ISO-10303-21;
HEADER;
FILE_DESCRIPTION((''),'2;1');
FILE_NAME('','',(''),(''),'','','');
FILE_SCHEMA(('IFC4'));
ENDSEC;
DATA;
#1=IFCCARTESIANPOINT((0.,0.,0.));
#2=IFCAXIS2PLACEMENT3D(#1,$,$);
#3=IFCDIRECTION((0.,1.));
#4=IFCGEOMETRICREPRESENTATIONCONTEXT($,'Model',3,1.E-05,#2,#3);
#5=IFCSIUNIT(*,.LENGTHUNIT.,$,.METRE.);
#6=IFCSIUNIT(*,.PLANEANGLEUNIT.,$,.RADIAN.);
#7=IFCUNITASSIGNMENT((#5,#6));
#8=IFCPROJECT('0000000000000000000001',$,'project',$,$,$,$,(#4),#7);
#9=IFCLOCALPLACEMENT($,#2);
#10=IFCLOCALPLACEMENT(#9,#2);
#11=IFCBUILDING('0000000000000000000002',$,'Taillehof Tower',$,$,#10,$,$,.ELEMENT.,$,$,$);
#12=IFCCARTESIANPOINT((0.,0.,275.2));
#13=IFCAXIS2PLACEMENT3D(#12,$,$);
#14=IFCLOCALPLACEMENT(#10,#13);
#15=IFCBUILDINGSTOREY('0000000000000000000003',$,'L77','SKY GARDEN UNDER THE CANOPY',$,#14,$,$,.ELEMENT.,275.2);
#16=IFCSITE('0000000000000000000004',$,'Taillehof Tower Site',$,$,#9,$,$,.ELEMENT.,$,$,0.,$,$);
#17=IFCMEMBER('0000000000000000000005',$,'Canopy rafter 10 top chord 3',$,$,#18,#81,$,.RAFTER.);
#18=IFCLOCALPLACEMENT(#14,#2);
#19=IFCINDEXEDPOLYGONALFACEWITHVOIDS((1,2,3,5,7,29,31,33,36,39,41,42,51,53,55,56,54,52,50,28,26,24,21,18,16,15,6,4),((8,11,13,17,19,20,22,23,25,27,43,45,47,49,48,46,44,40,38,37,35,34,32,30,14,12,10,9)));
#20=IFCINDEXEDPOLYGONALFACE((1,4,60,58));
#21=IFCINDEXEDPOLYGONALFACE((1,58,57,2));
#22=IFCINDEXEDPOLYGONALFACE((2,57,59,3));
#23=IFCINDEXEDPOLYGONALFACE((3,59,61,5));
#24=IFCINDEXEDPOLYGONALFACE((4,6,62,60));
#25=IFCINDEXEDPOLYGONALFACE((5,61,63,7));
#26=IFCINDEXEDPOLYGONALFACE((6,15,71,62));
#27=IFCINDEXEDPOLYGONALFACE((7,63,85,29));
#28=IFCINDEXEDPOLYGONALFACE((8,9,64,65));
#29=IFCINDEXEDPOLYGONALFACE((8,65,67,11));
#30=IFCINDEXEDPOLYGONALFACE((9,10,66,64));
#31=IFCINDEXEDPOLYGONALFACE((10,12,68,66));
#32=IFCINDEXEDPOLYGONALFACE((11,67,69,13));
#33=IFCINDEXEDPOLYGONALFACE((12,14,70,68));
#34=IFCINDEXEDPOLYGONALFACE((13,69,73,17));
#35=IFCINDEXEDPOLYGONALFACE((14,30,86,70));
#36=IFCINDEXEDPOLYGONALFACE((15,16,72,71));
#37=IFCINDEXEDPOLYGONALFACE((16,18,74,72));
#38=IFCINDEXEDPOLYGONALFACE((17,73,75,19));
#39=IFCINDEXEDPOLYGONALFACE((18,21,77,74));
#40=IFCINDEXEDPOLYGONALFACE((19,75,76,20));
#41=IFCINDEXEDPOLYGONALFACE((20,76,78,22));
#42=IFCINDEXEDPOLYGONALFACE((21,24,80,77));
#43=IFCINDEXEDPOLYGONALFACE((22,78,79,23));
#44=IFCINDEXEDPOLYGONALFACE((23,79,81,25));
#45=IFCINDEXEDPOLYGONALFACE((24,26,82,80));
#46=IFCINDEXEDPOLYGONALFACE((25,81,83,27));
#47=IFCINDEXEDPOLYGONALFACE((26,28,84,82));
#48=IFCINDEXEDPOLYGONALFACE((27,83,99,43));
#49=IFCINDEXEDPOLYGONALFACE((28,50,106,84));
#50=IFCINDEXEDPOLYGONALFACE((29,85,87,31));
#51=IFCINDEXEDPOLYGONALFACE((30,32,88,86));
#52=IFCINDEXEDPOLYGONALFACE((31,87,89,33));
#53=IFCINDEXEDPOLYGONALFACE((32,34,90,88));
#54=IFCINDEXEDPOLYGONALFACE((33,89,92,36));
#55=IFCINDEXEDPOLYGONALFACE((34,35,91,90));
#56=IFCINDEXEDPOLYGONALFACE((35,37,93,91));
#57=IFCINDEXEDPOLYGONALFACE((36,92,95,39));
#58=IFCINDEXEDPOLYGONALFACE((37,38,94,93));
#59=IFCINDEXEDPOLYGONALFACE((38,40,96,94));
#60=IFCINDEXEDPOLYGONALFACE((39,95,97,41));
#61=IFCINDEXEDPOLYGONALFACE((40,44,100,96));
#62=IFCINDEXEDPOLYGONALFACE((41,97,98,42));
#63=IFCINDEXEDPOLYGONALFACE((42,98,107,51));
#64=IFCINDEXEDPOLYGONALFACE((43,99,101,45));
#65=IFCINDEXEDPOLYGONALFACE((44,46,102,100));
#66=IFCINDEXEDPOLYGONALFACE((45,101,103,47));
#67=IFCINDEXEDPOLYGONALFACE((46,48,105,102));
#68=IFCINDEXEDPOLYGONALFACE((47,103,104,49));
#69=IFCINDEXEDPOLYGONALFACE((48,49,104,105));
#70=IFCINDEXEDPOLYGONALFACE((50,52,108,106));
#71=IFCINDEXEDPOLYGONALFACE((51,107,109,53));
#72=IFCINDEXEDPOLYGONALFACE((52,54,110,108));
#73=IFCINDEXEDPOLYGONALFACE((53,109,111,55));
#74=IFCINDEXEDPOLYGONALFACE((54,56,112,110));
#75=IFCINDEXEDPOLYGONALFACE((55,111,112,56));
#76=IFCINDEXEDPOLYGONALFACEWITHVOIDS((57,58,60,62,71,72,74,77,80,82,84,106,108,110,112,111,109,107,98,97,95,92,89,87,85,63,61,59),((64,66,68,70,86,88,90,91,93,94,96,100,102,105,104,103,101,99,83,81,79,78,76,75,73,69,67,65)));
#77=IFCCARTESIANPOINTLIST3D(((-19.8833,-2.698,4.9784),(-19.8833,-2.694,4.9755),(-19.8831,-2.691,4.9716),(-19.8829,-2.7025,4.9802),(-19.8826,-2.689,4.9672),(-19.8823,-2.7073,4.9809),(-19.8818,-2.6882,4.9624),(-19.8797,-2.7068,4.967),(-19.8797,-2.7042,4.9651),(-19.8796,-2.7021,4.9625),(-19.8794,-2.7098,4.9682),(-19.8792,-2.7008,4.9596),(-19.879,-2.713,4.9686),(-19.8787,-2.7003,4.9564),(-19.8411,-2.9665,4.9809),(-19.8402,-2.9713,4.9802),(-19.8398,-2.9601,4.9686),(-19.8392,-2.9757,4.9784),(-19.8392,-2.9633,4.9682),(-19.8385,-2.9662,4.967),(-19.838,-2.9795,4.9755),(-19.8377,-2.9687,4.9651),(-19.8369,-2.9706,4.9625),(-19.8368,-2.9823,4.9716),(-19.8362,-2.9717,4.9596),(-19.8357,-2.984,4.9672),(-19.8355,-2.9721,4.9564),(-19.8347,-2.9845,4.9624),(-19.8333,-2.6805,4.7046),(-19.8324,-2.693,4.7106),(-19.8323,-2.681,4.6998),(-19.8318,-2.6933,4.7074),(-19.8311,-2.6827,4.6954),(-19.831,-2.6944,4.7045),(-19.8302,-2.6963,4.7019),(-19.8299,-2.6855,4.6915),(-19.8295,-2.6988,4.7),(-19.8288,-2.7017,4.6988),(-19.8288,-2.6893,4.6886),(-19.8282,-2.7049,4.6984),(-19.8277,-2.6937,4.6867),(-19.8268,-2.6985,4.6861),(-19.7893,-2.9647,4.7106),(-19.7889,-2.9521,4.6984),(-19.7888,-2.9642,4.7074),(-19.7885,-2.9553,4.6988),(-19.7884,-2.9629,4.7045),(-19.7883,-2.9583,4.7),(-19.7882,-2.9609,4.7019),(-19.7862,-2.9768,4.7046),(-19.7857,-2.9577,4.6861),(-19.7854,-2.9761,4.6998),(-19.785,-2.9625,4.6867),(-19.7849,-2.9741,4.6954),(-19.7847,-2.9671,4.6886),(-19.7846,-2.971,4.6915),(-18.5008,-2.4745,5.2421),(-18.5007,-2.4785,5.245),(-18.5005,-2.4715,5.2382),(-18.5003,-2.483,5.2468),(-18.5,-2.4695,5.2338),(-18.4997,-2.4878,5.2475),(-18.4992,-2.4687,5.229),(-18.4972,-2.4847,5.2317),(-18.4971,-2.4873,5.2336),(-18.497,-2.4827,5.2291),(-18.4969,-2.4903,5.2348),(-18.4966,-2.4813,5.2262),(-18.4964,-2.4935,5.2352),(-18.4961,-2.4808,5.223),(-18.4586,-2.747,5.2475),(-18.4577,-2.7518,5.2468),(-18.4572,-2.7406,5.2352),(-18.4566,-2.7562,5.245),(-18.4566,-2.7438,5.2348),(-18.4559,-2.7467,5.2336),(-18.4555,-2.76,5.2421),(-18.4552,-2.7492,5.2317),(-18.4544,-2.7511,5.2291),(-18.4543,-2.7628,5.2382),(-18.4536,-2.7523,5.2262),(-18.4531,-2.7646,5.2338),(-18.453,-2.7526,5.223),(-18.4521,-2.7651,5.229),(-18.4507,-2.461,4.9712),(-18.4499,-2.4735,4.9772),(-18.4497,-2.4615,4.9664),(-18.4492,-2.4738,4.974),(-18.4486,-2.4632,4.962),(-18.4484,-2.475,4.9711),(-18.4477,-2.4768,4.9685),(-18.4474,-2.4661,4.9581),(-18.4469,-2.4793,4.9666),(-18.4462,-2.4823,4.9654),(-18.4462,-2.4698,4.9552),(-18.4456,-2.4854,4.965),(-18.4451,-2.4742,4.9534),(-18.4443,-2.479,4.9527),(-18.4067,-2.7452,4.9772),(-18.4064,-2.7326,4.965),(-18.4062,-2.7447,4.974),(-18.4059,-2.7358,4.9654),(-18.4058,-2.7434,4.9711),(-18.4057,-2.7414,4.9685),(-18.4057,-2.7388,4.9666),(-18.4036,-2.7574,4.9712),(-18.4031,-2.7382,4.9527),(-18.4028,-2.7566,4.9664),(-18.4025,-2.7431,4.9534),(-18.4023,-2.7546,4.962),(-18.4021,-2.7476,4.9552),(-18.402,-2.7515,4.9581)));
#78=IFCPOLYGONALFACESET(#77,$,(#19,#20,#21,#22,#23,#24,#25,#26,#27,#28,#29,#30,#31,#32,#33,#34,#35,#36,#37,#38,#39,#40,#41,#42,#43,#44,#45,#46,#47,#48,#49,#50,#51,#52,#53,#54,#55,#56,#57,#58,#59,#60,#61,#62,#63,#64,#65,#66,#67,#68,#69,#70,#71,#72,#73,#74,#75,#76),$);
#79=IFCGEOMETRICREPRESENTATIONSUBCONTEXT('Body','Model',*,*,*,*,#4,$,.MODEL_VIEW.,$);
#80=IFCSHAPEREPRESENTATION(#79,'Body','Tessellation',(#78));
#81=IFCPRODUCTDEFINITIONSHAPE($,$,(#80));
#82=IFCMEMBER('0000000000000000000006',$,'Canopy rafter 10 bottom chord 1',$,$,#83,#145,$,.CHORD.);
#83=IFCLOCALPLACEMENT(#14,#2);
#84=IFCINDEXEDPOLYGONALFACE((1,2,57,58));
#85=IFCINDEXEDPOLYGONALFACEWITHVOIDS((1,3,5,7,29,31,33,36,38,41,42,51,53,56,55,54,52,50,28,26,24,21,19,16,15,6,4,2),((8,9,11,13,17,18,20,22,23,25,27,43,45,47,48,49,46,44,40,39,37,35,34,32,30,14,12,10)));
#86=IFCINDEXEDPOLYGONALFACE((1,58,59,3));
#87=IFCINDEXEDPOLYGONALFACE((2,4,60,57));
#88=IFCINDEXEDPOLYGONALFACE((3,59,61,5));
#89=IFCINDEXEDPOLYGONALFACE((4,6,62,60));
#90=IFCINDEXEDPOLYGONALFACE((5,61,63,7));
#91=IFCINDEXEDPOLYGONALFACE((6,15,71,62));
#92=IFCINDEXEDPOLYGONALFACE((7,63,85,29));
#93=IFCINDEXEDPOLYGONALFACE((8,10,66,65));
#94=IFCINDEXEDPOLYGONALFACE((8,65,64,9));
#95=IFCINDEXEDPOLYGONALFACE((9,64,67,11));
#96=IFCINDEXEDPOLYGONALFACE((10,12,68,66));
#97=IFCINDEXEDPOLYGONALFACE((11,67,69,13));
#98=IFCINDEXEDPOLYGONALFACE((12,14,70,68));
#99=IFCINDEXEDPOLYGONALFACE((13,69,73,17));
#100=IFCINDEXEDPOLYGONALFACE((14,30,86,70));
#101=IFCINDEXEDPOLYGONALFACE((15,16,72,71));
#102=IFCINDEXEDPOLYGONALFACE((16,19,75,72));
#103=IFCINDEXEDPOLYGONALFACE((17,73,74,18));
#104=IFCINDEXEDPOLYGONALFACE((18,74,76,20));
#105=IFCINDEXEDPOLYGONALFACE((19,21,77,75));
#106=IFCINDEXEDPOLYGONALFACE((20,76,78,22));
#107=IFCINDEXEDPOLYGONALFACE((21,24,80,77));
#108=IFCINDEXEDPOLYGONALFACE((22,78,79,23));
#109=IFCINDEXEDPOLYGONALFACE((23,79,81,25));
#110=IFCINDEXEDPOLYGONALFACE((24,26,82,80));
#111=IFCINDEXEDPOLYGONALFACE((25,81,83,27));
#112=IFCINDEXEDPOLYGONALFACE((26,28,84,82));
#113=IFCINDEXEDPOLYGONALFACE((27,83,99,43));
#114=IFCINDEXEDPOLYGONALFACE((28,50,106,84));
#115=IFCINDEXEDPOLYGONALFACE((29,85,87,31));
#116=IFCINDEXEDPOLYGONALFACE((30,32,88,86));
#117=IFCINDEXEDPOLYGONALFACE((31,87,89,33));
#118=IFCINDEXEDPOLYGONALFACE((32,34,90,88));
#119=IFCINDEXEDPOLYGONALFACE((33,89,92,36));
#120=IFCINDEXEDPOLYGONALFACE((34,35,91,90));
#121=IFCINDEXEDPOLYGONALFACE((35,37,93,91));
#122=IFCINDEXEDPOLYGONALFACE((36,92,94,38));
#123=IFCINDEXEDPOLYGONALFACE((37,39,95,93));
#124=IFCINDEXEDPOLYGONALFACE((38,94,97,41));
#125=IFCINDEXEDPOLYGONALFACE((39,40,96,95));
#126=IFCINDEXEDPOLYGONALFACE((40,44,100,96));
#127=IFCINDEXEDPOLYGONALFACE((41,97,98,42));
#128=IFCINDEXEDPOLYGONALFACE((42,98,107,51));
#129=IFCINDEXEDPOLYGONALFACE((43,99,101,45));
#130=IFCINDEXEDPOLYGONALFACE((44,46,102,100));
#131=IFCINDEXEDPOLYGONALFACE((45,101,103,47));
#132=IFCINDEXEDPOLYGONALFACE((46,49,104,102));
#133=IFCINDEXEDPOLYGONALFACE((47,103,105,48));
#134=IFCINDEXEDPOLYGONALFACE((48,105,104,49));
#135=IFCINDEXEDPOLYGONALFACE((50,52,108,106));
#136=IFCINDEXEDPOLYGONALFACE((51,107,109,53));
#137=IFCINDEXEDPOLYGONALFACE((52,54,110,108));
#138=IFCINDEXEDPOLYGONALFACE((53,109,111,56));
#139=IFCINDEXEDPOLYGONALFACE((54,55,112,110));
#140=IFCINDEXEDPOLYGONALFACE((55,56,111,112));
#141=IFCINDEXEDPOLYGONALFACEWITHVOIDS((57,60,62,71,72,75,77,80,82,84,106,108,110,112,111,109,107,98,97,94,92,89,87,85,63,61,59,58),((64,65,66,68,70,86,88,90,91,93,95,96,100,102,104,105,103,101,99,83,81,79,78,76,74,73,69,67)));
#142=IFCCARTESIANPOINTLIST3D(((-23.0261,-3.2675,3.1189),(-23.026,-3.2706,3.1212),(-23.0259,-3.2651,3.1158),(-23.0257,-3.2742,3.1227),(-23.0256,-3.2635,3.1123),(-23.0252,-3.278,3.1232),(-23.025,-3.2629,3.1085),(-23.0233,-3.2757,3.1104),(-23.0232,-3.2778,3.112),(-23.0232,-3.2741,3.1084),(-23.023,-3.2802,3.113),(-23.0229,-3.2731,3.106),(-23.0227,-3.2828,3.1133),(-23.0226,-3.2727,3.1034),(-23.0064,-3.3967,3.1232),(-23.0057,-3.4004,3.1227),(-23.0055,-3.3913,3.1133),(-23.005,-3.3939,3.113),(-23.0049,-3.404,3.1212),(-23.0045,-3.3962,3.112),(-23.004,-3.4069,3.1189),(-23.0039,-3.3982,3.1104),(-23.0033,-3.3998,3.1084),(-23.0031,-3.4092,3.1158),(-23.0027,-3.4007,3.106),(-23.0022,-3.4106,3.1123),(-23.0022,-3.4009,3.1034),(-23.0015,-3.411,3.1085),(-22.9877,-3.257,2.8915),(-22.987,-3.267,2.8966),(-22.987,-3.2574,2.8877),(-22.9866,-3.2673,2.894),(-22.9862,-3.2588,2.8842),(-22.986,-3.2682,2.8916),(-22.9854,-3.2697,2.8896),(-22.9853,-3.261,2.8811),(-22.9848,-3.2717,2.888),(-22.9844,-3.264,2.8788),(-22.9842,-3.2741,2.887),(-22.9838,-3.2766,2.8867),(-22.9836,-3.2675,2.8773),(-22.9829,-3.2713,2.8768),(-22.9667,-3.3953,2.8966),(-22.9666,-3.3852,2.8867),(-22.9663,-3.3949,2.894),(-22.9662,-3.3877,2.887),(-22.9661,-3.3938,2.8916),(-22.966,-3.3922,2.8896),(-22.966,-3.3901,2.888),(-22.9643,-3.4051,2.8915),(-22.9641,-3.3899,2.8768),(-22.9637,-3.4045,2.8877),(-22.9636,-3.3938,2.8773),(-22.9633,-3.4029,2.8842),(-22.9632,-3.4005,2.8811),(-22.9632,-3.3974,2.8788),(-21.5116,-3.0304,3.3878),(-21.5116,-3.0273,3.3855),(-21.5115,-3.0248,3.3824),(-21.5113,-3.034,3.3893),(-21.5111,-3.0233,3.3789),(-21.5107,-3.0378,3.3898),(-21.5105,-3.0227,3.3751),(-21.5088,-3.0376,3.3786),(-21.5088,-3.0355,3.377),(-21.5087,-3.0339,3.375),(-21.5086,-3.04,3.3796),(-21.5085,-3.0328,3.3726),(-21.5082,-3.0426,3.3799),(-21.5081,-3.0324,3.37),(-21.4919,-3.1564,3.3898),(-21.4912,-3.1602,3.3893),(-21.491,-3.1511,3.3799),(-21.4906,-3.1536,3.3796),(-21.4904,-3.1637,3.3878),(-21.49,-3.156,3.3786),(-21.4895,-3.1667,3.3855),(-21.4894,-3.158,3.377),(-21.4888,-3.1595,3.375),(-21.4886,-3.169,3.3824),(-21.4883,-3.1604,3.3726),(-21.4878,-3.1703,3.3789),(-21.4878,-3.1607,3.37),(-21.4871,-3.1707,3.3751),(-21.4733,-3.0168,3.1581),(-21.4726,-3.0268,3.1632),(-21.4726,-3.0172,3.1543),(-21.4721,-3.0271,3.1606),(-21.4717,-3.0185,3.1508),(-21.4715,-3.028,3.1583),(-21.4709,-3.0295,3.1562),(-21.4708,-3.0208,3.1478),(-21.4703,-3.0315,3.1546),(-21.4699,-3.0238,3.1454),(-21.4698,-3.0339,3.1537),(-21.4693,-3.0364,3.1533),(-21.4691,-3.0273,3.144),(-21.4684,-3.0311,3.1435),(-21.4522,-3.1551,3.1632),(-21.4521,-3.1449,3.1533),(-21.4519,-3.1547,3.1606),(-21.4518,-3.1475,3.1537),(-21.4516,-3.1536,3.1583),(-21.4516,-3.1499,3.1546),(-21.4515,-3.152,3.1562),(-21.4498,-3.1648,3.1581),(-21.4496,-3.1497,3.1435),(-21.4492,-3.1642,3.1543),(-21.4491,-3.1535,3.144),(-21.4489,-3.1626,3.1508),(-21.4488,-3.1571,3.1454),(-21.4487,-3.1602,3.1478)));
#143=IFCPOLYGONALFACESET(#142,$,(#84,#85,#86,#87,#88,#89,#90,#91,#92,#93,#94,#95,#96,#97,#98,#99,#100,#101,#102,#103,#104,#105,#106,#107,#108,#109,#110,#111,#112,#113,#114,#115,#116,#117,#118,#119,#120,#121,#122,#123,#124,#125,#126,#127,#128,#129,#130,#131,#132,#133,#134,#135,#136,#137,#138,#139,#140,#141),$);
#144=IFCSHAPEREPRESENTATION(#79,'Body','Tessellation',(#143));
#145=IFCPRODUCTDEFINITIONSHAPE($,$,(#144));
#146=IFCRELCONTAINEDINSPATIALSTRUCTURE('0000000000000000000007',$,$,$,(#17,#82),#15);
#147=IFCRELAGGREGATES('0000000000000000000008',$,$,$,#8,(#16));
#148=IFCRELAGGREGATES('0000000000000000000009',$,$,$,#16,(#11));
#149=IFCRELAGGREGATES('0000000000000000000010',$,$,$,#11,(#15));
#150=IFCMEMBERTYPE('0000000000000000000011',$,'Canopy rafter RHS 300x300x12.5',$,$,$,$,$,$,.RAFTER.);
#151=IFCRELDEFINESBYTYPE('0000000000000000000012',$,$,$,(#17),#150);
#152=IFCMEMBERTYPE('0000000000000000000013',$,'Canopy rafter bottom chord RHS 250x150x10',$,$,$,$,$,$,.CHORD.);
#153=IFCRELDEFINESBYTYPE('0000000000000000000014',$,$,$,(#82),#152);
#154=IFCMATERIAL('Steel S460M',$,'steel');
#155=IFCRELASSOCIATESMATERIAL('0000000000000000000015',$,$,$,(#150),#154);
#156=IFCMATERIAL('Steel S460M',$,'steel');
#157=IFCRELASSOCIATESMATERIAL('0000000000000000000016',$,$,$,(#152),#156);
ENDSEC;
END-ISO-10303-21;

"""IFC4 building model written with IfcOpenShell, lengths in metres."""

from ifc_helpers import new_model, si_unit, direction, frame, origin, origin_2d, place, context, subcontext, project, spatial, hollow_rectangle, extrude, material, material_profile, profile_set, type_object, element, save


model = new_model("IFC4")

# Units and contexts
model_context = context("Model", 3, precision=1e-05, world=origin(), true_north=direction((0.0, 1.0)))
body_context = subcontext(model_context, "Body", "Model", "MODEL_VIEW")
ifc_project = project(units=[si_unit("LENGTHUNIT", "METRE"), si_unit("PLANEANGLEUNIT", "RADIAN")], contexts=[model_context])

# Site, building, storey
site_placement = place(None, origin())
site = spatial("IfcSite", under=ifc_project, at=site_placement, Name="Taillehof Tower Site", CompositionType="ELEMENT", RefElevation=0.0)
building_placement = place(site_placement, origin())
building = spatial("IfcBuilding", under=site, at=building_placement, Name="Taillehof Tower", CompositionType="ELEMENT")
storey_placement = place(building_placement, frame((0.0, 0.0, 275.2)))
storey = spatial("IfcBuildingStorey", under=building, at=storey_placement, Name="L77", Description="SKY GARDEN UNDER THE CANOPY", CompositionType="ELEMENT", Elevation=275.2)

# Members
ifc_material_1 = material(Name="Steel S460M", Category="steel")
ifc_material_profile_1 = material_profile(ifc_material_1, hollow_rectangle(XDim=0.3, YDim=0.3, WallThickness=0.0125, InnerFilletRadius=0.0125, OuterFilletRadius=0.0188, at=origin_2d()), Name="RHS 300x300x12.5")
ifc_profile_set_1 = profile_set([ifc_material_profile_1], Name="Steel S460M")
member_type_1 = type_object("IfcMemberType", Name="Canopy rafter RHS 300x300x12.5", PredefinedType="RAFTER", material=ifc_profile_set_1)
member_1_placement = place(storey_placement, frame((-19.834, -2.8325, 4.8335), z_axis=(0.970195, 0.154018, 0.187083), x_axis=(-0.156786, 0.987633, 0.0)))
element("IfcMember", 1, at=member_1_placement, inside=storey, type_object=member_type_1, Name="Canopy rafter 10 top chord 3", PredefinedType="RAFTER", context=body_context, shape_type="SweptSolid", body=[
    extrude(hollow_rectangle(XDim=0.3, YDim=0.3, WallThickness=0.0125, InnerFilletRadius=0.0125, OuterFilletRadius=0.0188, at=origin_2d()), origin(), (0.0, 0.0, 1.0), 1.425),
])
ifc_material_2 = material(Name="Steel S460M", Category="steel")
ifc_material_profile_2 = material_profile(ifc_material_2, hollow_rectangle(XDim=0.1499, YDim=0.25, WallThickness=0.01, InnerFilletRadius=0.01, OuterFilletRadius=0.0149, at=origin_2d()), Name="RHS 250x150x10")
ifc_profile_set_2 = profile_set([ifc_material_profile_2], Name="Steel S460M")
member_type_2 = type_object("IfcMemberType", Name="Canopy rafter bottom chord RHS 250x150x10", PredefinedType="CHORD", material=ifc_profile_set_2)
for number, where, z_axis, x_axis, name in (
    (2, (-22.9946, -3.334, 3.0), (0.973052, 0.154358, 0.1713), (-0.156674, 0.98765, 0.0), "Canopy rafter 10 bottom chord 1"),
):
    element("IfcMember", number, at=place(storey_placement, frame(where, z_axis=z_axis, x_axis=x_axis)), inside=storey, type_object=member_type_2, Name=name, PredefinedType="CHORD", context=body_context, shape_type="SweptSolid", body=[
        extrude(hollow_rectangle(XDim=0.1499, YDim=0.25, WallThickness=0.01, InnerFilletRadius=0.01, OuterFilletRadius=0.0149, at=origin_2d()), origin(), (0.0, 0.0, 1.0), 1.5564),
    ])

save(model, "model.ifc")
